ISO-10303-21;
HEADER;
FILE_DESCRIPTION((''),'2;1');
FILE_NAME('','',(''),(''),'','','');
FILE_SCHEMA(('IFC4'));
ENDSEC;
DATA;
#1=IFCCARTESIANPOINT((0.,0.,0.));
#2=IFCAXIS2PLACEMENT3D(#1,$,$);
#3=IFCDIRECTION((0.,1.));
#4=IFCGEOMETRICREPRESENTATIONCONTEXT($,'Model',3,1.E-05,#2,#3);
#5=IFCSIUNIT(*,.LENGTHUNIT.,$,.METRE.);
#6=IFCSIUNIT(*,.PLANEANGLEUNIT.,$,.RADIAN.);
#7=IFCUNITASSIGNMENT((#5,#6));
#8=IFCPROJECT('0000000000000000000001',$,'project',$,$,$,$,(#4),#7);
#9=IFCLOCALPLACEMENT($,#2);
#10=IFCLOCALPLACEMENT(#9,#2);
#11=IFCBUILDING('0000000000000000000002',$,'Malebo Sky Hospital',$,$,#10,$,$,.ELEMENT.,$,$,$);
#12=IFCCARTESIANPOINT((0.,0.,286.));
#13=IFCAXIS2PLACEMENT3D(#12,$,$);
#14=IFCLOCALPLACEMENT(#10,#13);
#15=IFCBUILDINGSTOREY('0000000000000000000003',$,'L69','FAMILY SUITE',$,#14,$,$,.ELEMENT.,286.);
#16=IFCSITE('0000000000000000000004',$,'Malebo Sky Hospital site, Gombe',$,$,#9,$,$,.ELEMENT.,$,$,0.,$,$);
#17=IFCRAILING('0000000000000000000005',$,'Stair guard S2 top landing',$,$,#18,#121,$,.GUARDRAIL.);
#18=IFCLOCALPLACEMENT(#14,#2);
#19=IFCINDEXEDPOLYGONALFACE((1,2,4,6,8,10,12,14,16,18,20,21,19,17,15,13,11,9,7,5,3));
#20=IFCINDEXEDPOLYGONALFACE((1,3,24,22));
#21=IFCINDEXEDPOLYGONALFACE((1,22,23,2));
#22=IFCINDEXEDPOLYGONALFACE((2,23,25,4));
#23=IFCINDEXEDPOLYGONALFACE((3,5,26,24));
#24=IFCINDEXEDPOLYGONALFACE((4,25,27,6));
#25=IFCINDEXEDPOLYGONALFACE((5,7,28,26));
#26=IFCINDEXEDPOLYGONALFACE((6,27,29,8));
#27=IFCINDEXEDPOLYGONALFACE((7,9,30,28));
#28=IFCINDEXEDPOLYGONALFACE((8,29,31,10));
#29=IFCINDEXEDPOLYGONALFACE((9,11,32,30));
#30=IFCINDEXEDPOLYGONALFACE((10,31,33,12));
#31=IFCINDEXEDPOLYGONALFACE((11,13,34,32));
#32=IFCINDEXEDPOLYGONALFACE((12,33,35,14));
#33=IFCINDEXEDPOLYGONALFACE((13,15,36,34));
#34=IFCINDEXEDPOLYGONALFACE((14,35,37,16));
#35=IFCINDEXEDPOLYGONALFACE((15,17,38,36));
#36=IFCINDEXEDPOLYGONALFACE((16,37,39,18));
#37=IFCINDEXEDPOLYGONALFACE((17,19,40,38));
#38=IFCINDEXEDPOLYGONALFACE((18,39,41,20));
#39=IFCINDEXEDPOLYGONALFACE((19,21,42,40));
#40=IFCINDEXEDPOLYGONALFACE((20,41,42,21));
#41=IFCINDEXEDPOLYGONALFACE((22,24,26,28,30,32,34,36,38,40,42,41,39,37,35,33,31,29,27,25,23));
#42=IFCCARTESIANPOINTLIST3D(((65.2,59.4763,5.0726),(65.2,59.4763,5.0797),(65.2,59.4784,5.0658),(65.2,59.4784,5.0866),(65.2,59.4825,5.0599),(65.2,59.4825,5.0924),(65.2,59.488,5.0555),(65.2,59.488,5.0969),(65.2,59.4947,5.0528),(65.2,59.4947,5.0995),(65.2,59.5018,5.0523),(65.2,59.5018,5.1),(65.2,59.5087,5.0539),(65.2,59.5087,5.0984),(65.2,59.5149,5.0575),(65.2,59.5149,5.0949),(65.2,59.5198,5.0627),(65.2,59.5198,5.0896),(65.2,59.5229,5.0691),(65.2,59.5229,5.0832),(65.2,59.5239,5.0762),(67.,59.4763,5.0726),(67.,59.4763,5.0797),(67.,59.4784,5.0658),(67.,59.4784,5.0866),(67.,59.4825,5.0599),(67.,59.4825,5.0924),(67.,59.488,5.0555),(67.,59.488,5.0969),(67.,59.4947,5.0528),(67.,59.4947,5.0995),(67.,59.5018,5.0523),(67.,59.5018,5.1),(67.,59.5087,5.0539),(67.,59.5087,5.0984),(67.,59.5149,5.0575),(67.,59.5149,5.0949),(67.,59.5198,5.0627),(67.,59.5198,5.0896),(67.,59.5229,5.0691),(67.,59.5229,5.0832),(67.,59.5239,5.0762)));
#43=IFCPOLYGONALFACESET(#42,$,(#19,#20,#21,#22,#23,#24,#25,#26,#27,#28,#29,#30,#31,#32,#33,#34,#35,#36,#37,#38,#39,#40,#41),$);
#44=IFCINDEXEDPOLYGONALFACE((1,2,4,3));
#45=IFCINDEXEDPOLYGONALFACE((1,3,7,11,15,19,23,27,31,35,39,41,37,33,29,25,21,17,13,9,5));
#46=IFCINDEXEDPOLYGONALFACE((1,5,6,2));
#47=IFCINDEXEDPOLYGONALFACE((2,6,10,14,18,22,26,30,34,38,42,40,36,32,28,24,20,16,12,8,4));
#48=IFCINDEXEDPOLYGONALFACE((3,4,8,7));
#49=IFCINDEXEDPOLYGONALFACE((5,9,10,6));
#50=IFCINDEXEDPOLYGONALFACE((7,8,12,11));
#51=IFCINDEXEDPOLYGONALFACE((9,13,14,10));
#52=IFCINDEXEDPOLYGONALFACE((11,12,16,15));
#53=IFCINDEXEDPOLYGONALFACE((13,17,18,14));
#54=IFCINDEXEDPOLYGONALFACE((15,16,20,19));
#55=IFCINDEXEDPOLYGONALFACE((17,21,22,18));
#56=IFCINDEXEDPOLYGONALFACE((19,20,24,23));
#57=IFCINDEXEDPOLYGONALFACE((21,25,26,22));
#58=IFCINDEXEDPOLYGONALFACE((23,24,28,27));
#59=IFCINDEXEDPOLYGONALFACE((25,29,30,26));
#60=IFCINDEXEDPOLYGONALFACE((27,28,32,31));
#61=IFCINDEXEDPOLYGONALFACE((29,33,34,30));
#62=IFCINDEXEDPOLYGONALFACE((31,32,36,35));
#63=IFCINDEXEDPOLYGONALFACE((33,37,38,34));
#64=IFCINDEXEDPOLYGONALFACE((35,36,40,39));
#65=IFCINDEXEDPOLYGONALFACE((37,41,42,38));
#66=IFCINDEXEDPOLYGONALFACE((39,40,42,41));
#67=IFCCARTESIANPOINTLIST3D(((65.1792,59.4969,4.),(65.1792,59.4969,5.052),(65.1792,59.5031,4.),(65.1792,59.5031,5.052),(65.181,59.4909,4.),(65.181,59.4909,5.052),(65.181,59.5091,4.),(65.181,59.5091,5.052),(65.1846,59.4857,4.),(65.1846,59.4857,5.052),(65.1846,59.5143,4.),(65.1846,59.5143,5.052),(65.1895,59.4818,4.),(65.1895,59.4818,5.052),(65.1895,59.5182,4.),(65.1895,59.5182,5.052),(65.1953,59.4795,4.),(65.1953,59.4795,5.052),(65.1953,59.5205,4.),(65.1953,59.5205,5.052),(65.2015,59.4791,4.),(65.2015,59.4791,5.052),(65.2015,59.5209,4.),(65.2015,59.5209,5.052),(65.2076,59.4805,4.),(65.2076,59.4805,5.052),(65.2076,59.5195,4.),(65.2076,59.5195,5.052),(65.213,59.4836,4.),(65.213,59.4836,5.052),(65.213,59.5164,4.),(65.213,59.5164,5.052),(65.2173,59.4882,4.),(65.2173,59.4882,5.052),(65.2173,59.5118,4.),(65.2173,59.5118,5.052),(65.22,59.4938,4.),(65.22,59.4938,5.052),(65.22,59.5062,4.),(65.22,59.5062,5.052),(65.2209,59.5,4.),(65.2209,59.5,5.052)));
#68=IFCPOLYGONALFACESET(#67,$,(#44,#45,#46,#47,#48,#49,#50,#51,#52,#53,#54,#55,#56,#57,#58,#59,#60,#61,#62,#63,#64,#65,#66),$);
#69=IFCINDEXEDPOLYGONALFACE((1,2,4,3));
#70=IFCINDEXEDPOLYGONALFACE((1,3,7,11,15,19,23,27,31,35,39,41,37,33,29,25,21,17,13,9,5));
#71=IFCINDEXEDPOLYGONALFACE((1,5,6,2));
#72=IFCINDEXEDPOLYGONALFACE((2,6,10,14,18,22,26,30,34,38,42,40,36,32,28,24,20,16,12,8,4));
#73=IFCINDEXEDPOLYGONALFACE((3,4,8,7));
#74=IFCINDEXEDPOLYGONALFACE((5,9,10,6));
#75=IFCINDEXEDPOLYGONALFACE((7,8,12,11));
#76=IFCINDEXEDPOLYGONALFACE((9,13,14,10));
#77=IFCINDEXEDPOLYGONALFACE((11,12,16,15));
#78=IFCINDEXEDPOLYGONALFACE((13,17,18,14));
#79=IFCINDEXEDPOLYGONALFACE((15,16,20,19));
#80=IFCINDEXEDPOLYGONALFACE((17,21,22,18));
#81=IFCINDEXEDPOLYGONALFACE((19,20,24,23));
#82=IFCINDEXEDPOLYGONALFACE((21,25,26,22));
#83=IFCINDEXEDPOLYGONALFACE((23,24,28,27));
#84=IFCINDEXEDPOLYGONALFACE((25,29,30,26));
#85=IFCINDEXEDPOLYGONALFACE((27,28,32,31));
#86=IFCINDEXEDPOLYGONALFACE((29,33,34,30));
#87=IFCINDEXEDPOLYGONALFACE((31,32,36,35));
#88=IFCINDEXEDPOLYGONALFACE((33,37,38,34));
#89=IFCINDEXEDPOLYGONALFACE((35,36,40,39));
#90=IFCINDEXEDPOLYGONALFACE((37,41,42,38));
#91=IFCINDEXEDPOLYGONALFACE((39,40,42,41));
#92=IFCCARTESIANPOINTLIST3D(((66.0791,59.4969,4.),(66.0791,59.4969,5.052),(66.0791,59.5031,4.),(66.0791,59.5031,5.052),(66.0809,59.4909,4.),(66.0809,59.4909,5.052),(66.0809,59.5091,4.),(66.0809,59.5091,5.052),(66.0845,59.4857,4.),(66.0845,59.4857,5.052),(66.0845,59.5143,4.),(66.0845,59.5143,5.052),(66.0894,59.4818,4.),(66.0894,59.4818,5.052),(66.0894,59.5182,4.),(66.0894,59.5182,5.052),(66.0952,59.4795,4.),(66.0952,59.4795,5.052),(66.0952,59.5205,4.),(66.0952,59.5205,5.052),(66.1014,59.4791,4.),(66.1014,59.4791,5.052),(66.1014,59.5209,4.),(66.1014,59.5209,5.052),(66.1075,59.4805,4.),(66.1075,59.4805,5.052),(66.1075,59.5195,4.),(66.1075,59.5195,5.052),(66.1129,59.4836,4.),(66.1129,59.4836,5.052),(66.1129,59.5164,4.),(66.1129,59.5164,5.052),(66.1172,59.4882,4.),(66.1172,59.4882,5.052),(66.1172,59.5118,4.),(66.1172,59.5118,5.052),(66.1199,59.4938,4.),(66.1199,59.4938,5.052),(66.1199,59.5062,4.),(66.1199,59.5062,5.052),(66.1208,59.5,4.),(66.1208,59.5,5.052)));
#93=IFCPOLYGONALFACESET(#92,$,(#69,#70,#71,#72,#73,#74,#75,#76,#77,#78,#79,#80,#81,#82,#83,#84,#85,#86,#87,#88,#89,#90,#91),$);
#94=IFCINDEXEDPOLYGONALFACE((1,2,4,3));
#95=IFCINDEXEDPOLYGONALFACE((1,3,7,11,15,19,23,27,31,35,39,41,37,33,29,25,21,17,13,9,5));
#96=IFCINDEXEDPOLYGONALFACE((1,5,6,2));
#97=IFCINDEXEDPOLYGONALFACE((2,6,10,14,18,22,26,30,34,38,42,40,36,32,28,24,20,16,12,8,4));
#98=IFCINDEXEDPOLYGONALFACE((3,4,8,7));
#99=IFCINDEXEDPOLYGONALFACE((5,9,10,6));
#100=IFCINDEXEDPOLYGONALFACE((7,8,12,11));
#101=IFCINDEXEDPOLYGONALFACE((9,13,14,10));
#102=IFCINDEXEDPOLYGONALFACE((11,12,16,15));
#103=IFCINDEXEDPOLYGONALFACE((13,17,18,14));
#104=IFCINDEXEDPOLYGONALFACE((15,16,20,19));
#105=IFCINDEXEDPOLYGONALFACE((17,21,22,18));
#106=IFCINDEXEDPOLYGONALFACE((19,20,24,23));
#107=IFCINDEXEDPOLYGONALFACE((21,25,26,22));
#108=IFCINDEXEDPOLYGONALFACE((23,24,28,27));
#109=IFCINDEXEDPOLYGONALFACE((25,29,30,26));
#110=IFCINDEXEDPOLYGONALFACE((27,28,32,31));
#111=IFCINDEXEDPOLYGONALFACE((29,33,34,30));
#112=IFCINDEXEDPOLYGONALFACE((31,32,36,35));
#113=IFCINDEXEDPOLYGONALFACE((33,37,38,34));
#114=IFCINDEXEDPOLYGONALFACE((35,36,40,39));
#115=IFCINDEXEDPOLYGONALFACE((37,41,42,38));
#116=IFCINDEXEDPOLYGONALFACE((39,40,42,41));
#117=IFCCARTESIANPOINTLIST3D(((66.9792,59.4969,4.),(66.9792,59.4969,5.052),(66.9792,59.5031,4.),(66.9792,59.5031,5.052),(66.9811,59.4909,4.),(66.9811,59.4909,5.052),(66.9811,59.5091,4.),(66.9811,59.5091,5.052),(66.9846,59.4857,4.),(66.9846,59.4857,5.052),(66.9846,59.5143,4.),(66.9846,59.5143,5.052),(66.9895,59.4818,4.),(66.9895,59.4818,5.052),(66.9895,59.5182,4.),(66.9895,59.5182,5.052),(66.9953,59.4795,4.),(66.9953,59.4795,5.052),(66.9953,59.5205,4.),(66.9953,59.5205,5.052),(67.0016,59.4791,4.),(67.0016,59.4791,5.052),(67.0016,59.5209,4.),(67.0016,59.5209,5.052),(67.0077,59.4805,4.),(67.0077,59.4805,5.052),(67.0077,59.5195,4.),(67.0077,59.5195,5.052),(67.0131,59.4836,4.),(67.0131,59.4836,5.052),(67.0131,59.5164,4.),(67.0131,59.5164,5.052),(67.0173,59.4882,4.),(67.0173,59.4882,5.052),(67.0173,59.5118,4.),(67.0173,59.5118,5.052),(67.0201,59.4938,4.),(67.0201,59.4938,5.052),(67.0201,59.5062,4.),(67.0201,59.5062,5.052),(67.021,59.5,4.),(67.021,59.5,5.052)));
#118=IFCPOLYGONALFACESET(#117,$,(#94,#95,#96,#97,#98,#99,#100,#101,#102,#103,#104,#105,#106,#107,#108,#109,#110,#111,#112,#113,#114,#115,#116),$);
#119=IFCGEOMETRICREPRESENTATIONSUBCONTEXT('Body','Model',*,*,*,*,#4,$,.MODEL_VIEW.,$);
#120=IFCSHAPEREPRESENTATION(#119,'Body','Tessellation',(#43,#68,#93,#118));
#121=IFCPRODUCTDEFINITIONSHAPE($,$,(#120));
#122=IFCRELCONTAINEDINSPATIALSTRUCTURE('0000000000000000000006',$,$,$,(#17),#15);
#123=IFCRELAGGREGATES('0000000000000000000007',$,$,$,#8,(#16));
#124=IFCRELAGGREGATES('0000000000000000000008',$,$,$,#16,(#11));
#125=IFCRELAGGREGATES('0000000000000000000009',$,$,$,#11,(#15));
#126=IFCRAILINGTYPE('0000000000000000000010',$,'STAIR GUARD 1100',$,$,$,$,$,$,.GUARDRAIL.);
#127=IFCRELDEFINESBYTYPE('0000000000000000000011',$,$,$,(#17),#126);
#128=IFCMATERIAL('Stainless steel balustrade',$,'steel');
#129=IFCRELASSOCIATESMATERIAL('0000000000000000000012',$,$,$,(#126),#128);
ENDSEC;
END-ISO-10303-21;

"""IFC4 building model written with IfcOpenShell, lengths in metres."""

from ifc_helpers import new_model, si_unit, direction, frame, origin, origin_2d, place, context, subcontext, project, spatial, circle, extrude, material, type_object, element, save


model = new_model("IFC4")

# Units and contexts
model_context = context("Model", 3, precision=1e-05, world=origin(), true_north=direction((0.0, 1.0)))
body_context = subcontext(model_context, "Body", "Model", "MODEL_VIEW")
ifc_project = project(units=[si_unit("LENGTHUNIT", "METRE"), si_unit("PLANEANGLEUNIT", "RADIAN")], contexts=[model_context])

# Site, building, storey
site_placement = place(None, origin())
site = spatial("IfcSite", under=ifc_project, at=site_placement, Name="Malebo Sky Hospital site, Gombe", CompositionType="ELEMENT", RefElevation=0.0)
building_placement = place(site_placement, origin())
building = spatial("IfcBuilding", under=site, at=building_placement, Name="Malebo Sky Hospital", CompositionType="ELEMENT")
storey_placement = place(building_placement, frame((0.0, 0.0, 286.0)))
storey = spatial("IfcBuildingStorey", under=building, at=storey_placement, Name="L69", Description="FAMILY SUITE", CompositionType="ELEMENT", Elevation=286.0)

# Railing
ifc_material_1 = material(Name="Stainless steel balustrade", Category="steel")
railing_type_1 = type_object("IfcRailingType", Name="STAIR GUARD 1100", PredefinedType="GUARDRAIL", material=ifc_material_1)
railing_1_placement = place(storey_placement, frame((65.2, 59.5, 4.0)))
element("IfcRailing", 1, at=railing_1_placement, inside=storey, type_object=railing_type_1, Name="Stair guard S2 top landing", PredefinedType="GUARDRAIL", context=body_context, shape_type="SweptSolid", body=[
    extrude(circle(Radius=0.0239, at=origin_2d()), frame((0.0, 0.0, 1.0762), z_axis=(1.0, 0.0, 0.0), x_axis=(0.0, 1.0, 0.0)), (0.0, 0.0, 1.0), 1.8),
    extrude(circle(Radius=0.021, at=origin_2d()), origin(), (0.0, 0.0, 1.0), 1.052),
    extrude(circle(Radius=0.021, at=origin_2d()), frame((0.8999, 0.0, 0.0)), (0.0, 0.0, 1.0), 1.052),
    extrude(circle(Radius=0.021, at=origin_2d()), frame((1.8, 0.0, 0.0)), (0.0, 0.0, 1.0), 1.052),
])

save(model, "model.ifc")
